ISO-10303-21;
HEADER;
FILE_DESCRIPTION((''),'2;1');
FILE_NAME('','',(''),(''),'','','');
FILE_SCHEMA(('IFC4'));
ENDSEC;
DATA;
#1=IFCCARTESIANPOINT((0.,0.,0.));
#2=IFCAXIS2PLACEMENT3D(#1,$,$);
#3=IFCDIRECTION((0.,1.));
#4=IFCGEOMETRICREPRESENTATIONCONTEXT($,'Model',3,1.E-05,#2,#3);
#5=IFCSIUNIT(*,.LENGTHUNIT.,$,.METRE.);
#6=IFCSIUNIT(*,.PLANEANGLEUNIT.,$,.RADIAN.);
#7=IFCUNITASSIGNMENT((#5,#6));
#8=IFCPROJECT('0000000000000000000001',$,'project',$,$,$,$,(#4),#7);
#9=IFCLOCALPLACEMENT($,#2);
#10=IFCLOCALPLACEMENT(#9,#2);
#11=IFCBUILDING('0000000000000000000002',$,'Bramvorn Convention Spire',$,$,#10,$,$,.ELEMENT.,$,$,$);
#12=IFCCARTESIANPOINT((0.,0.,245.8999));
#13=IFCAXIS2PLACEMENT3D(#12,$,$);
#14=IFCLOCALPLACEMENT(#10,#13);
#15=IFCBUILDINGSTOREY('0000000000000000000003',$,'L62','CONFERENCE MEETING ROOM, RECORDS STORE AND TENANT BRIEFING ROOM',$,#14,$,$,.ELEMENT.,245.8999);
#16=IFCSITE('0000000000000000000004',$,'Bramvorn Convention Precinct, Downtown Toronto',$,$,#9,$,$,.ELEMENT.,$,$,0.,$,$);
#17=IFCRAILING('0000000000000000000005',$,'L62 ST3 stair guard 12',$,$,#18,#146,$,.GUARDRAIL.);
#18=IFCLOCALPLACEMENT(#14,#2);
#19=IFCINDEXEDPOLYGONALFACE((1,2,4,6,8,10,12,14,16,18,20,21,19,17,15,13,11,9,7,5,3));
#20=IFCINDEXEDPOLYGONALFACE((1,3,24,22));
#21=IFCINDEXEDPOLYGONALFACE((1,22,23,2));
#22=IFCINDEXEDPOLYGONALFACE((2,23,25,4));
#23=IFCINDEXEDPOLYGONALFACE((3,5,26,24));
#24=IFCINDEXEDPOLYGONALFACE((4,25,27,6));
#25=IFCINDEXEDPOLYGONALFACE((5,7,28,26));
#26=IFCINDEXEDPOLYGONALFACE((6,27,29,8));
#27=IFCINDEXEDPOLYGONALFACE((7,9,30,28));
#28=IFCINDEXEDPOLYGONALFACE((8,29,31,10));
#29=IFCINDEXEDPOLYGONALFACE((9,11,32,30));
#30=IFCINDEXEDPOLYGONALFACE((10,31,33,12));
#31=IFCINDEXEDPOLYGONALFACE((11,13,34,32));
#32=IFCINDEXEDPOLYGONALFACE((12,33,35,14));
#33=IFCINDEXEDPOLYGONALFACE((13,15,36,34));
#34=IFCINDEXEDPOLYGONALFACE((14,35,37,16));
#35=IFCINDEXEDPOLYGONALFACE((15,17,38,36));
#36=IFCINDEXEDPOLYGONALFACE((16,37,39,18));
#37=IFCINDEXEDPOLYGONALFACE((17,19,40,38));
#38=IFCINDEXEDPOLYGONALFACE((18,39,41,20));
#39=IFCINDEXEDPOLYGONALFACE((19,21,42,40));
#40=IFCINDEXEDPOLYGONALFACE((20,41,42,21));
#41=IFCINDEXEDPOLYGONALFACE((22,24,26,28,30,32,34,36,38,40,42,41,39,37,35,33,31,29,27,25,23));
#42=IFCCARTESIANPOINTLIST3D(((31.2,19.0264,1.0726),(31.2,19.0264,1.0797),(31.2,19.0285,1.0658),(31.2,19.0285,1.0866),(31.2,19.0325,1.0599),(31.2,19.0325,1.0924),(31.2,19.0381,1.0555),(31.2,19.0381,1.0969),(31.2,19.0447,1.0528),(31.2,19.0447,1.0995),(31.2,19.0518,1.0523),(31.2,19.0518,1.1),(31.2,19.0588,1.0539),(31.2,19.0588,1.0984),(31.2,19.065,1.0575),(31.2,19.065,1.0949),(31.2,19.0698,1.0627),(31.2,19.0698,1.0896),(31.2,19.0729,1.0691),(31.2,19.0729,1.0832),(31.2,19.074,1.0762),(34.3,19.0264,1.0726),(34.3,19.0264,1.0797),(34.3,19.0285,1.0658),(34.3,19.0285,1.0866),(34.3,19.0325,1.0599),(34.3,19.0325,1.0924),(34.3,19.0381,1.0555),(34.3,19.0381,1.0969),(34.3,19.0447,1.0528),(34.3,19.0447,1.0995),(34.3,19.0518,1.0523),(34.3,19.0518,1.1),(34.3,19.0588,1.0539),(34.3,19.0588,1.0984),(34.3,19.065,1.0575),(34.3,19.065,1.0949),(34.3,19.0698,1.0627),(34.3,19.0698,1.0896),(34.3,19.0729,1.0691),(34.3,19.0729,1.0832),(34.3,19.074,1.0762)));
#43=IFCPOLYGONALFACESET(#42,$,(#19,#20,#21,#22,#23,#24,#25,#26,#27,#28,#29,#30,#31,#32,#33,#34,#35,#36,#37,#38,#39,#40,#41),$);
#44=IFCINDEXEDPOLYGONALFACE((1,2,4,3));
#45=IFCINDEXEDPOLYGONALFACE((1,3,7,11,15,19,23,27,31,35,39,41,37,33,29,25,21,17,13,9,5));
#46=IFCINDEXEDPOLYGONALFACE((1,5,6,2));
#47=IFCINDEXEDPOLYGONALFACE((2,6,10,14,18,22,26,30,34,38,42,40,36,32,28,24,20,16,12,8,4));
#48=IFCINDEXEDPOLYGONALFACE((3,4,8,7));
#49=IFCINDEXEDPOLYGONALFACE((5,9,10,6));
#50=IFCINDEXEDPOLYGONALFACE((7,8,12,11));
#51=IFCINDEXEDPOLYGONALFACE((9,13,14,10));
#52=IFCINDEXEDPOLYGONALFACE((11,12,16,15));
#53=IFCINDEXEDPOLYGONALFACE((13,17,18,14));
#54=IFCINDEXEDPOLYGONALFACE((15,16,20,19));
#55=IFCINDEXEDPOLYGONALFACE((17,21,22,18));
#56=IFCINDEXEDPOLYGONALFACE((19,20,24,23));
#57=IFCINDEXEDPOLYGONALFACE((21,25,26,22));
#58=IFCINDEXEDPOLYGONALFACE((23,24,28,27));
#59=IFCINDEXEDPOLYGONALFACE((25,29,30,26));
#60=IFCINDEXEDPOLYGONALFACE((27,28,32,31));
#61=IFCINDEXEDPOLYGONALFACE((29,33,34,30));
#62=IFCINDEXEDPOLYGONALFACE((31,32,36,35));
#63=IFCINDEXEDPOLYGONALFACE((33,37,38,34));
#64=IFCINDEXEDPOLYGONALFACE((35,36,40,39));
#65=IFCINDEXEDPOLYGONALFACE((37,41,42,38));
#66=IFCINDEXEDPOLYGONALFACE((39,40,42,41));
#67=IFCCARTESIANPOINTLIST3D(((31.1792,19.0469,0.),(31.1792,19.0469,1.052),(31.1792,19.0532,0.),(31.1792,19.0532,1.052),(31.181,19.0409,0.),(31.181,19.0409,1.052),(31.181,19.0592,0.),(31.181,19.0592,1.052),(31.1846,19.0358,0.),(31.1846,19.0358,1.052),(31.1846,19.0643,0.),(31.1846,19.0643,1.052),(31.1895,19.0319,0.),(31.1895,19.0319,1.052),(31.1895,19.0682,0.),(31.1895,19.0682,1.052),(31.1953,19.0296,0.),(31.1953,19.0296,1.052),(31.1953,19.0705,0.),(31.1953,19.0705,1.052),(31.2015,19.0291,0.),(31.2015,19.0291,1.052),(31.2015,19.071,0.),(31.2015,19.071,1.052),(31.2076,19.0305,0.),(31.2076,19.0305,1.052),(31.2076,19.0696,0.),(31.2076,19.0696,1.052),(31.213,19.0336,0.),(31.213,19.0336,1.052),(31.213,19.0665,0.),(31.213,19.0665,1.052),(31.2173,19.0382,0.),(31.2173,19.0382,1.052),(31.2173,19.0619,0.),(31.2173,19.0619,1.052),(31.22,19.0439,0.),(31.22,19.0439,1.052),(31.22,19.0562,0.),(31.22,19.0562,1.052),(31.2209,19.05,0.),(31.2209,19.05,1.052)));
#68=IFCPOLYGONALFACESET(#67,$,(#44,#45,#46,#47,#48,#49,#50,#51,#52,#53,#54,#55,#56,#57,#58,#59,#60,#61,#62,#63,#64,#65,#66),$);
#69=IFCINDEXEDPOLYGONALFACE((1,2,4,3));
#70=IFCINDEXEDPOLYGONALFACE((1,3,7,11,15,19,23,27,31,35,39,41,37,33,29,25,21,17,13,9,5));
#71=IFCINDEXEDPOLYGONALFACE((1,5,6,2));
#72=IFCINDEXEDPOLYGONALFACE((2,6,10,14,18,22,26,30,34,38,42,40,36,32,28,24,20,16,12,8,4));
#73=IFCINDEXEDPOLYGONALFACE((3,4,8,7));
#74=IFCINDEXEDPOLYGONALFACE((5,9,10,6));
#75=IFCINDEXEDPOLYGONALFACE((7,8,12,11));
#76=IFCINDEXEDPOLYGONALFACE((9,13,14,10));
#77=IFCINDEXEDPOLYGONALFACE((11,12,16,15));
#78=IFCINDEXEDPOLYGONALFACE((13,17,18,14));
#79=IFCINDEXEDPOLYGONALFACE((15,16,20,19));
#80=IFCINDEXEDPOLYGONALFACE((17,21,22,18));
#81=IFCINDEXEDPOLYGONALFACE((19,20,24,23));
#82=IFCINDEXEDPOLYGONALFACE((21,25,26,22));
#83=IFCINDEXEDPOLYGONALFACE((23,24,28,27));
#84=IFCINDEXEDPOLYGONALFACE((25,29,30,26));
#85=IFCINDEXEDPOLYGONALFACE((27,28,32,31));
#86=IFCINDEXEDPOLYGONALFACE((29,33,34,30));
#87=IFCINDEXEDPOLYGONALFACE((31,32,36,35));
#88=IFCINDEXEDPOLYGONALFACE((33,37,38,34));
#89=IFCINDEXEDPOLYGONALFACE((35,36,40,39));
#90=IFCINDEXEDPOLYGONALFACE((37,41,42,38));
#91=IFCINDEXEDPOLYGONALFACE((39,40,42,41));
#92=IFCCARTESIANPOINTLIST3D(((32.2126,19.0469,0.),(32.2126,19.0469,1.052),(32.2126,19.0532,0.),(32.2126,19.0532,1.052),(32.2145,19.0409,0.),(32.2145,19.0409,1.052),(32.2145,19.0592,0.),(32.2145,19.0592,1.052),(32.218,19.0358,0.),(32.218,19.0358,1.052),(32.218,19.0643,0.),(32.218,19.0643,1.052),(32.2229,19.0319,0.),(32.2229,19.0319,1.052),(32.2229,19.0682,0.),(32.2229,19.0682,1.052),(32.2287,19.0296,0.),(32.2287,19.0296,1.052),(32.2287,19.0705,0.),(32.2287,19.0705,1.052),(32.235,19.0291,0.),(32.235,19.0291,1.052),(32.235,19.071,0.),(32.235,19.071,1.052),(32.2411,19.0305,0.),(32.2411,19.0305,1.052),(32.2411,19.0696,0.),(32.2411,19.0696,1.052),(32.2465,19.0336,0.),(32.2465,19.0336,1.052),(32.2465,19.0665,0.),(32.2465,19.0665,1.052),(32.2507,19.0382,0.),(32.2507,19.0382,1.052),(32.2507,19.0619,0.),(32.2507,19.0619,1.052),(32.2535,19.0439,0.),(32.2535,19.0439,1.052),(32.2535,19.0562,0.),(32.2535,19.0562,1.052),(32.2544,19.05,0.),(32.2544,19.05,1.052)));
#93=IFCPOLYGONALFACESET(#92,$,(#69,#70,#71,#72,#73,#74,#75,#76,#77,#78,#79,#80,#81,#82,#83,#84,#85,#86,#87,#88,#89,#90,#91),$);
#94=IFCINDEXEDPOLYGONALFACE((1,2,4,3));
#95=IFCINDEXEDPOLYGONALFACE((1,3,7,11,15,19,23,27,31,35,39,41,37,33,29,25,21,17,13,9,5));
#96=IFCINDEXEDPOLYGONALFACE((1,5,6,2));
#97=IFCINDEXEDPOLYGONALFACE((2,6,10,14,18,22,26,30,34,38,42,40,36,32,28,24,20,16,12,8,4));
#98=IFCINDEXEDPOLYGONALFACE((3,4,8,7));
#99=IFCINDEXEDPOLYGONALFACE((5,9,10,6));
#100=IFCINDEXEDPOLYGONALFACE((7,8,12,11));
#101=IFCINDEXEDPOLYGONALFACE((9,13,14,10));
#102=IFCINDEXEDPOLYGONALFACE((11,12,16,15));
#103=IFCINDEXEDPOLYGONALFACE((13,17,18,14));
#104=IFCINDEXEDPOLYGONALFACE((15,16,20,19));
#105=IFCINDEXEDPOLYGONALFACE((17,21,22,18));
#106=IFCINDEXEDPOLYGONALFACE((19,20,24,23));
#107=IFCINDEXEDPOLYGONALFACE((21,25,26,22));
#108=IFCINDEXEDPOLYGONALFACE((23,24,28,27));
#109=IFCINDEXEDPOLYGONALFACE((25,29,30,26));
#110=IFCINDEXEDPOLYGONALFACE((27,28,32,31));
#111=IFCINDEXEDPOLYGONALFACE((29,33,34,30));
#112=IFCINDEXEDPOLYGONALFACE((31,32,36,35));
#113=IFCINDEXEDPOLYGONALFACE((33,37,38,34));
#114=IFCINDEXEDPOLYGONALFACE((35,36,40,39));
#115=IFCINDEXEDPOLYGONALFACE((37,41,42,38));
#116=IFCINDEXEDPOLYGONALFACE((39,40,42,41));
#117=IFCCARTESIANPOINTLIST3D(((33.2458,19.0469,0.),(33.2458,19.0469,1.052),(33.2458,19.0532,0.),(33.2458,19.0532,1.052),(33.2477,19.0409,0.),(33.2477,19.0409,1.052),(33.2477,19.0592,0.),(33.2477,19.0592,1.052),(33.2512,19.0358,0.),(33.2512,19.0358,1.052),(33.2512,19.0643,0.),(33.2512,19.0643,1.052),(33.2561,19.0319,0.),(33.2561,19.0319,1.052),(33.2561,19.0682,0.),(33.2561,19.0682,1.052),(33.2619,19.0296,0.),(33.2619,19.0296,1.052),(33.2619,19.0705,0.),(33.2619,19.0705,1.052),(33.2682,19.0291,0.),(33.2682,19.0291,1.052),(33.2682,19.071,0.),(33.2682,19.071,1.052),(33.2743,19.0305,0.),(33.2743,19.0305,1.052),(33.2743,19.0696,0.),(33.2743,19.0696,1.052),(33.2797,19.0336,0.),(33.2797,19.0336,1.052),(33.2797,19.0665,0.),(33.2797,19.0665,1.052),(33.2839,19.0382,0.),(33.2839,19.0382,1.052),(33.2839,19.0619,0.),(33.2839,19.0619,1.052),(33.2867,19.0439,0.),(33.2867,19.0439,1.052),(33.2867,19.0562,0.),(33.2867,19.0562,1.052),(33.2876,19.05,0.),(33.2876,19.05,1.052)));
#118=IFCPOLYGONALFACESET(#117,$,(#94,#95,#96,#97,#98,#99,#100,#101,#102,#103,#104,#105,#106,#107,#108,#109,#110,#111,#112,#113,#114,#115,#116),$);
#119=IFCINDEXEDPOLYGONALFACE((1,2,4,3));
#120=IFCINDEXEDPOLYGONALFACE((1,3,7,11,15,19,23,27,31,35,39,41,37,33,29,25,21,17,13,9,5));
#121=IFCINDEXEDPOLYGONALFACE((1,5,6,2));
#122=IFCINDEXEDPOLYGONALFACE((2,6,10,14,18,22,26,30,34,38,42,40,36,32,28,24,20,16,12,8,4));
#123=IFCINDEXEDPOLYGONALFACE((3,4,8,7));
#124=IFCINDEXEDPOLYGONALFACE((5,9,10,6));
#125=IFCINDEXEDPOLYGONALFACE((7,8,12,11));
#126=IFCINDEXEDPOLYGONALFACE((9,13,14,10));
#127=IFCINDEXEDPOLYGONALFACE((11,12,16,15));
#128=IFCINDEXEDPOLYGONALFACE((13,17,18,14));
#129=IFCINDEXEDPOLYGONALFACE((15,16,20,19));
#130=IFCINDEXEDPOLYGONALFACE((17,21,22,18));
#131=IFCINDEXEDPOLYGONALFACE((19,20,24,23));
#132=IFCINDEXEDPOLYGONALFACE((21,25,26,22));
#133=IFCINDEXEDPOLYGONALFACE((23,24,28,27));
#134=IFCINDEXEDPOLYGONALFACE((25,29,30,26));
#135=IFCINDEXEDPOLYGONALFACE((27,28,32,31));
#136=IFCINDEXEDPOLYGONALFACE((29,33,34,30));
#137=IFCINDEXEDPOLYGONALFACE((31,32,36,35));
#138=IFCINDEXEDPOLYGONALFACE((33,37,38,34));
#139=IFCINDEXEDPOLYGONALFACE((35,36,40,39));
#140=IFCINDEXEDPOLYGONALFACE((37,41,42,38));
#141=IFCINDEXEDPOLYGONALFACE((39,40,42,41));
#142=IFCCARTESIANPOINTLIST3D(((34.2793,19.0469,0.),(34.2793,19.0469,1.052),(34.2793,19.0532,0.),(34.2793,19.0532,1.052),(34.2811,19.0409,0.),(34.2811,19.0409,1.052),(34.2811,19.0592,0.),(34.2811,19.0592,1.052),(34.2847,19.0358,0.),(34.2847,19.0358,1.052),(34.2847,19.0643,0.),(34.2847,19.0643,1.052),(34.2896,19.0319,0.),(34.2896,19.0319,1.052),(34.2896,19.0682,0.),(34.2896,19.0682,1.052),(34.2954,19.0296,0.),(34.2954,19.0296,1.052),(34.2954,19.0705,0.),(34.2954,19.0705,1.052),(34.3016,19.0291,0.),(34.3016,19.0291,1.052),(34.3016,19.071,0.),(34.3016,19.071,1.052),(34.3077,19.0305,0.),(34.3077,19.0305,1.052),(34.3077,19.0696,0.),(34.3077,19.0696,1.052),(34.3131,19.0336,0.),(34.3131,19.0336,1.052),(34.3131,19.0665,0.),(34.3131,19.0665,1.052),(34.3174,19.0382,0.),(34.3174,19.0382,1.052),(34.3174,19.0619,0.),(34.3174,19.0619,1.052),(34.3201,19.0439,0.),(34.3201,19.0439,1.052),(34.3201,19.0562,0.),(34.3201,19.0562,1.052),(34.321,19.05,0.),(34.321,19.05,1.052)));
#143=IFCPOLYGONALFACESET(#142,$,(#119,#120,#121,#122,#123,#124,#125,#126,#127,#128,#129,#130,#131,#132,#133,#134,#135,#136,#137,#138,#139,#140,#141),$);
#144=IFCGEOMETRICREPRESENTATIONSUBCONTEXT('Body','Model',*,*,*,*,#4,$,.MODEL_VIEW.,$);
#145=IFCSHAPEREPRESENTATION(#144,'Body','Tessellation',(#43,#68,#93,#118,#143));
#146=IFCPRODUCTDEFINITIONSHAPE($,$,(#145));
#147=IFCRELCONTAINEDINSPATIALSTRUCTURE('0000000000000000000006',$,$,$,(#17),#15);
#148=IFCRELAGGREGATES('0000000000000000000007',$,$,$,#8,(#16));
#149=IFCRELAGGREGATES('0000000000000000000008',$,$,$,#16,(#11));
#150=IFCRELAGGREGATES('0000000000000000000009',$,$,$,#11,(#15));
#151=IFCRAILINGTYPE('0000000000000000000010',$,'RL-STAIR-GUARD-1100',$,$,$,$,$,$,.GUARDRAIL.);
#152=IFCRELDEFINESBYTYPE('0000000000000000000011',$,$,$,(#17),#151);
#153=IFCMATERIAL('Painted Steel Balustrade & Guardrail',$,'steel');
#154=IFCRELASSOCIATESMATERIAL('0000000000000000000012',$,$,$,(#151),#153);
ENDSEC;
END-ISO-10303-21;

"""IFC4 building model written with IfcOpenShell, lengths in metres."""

from ifc_helpers import new_model, si_unit, direction, frame, origin, origin_2d, place, context, subcontext, project, spatial, circle, extrude, material, type_object, element, save


model = new_model("IFC4")

# Units and contexts
model_context = context("Model", 3, precision=1e-05, world=origin(), true_north=direction((0.0, 1.0)))
body_context = subcontext(model_context, "Body", "Model", "MODEL_VIEW")
ifc_project = project(units=[si_unit("LENGTHUNIT", "METRE"), si_unit("PLANEANGLEUNIT", "RADIAN")], contexts=[model_context])

# Site, building, storey
site_placement = place(None, origin())
site = spatial("IfcSite", under=ifc_project, at=site_placement, Name="Bramvorn Convention Precinct, Downtown Toronto", CompositionType="ELEMENT", RefElevation=0.0)
building_placement = place(site_placement, origin())
building = spatial("IfcBuilding", under=site, at=building_placement, Name="Bramvorn Convention Spire", CompositionType="ELEMENT")
storey_placement = place(building_placement, frame((0.0, 0.0, 245.8999)))
storey = spatial("IfcBuildingStorey", under=building, at=storey_placement, Name="L62", Description="CONFERENCE MEETING ROOM, RECORDS STORE AND TENANT BRIEFING ROOM", CompositionType="ELEMENT", Elevation=245.8999)

# Railing
ifc_material_1 = material(Name="Painted Steel Balustrade & Guardrail", Category="steel")
railing_type_1 = type_object("IfcRailingType", Name="RL-STAIR-GUARD-1100", PredefinedType="GUARDRAIL", material=ifc_material_1)
railing_1_placement = place(storey_placement, frame((31.2, 19.05, 0.0)))
element("IfcRailing", 1, at=railing_1_placement, inside=storey, type_object=railing_type_1, Name="L62 ST3 stair guard 12", PredefinedType="GUARDRAIL", context=body_context, shape_type="SweptSolid", body=[
    extrude(circle(Radius=0.0239, at=origin_2d()), frame((0.0, 0.0, 1.0762), z_axis=(1.0, 0.0, 0.0), x_axis=(0.0, 1.0, 0.0)), (0.0, 0.0, 1.0), 3.1001),
    extrude(circle(Radius=0.021, at=origin_2d()), origin(), (0.0, 0.0, 1.0), 1.052),
    extrude(circle(Radius=0.021, at=origin_2d()), frame((1.0334, 0.0, 0.0)), (0.0, 0.0, 1.0), 1.052),
    extrude(circle(Radius=0.021, at=origin_2d()), frame((2.0667, 0.0, 0.0)), (0.0, 0.0, 1.0), 1.052),
    extrude(circle(Radius=0.021, at=origin_2d()), frame((3.1001, 0.0, 0.0)), (0.0, 0.0, 1.0), 1.052),
])

save(model, "model.ifc")
